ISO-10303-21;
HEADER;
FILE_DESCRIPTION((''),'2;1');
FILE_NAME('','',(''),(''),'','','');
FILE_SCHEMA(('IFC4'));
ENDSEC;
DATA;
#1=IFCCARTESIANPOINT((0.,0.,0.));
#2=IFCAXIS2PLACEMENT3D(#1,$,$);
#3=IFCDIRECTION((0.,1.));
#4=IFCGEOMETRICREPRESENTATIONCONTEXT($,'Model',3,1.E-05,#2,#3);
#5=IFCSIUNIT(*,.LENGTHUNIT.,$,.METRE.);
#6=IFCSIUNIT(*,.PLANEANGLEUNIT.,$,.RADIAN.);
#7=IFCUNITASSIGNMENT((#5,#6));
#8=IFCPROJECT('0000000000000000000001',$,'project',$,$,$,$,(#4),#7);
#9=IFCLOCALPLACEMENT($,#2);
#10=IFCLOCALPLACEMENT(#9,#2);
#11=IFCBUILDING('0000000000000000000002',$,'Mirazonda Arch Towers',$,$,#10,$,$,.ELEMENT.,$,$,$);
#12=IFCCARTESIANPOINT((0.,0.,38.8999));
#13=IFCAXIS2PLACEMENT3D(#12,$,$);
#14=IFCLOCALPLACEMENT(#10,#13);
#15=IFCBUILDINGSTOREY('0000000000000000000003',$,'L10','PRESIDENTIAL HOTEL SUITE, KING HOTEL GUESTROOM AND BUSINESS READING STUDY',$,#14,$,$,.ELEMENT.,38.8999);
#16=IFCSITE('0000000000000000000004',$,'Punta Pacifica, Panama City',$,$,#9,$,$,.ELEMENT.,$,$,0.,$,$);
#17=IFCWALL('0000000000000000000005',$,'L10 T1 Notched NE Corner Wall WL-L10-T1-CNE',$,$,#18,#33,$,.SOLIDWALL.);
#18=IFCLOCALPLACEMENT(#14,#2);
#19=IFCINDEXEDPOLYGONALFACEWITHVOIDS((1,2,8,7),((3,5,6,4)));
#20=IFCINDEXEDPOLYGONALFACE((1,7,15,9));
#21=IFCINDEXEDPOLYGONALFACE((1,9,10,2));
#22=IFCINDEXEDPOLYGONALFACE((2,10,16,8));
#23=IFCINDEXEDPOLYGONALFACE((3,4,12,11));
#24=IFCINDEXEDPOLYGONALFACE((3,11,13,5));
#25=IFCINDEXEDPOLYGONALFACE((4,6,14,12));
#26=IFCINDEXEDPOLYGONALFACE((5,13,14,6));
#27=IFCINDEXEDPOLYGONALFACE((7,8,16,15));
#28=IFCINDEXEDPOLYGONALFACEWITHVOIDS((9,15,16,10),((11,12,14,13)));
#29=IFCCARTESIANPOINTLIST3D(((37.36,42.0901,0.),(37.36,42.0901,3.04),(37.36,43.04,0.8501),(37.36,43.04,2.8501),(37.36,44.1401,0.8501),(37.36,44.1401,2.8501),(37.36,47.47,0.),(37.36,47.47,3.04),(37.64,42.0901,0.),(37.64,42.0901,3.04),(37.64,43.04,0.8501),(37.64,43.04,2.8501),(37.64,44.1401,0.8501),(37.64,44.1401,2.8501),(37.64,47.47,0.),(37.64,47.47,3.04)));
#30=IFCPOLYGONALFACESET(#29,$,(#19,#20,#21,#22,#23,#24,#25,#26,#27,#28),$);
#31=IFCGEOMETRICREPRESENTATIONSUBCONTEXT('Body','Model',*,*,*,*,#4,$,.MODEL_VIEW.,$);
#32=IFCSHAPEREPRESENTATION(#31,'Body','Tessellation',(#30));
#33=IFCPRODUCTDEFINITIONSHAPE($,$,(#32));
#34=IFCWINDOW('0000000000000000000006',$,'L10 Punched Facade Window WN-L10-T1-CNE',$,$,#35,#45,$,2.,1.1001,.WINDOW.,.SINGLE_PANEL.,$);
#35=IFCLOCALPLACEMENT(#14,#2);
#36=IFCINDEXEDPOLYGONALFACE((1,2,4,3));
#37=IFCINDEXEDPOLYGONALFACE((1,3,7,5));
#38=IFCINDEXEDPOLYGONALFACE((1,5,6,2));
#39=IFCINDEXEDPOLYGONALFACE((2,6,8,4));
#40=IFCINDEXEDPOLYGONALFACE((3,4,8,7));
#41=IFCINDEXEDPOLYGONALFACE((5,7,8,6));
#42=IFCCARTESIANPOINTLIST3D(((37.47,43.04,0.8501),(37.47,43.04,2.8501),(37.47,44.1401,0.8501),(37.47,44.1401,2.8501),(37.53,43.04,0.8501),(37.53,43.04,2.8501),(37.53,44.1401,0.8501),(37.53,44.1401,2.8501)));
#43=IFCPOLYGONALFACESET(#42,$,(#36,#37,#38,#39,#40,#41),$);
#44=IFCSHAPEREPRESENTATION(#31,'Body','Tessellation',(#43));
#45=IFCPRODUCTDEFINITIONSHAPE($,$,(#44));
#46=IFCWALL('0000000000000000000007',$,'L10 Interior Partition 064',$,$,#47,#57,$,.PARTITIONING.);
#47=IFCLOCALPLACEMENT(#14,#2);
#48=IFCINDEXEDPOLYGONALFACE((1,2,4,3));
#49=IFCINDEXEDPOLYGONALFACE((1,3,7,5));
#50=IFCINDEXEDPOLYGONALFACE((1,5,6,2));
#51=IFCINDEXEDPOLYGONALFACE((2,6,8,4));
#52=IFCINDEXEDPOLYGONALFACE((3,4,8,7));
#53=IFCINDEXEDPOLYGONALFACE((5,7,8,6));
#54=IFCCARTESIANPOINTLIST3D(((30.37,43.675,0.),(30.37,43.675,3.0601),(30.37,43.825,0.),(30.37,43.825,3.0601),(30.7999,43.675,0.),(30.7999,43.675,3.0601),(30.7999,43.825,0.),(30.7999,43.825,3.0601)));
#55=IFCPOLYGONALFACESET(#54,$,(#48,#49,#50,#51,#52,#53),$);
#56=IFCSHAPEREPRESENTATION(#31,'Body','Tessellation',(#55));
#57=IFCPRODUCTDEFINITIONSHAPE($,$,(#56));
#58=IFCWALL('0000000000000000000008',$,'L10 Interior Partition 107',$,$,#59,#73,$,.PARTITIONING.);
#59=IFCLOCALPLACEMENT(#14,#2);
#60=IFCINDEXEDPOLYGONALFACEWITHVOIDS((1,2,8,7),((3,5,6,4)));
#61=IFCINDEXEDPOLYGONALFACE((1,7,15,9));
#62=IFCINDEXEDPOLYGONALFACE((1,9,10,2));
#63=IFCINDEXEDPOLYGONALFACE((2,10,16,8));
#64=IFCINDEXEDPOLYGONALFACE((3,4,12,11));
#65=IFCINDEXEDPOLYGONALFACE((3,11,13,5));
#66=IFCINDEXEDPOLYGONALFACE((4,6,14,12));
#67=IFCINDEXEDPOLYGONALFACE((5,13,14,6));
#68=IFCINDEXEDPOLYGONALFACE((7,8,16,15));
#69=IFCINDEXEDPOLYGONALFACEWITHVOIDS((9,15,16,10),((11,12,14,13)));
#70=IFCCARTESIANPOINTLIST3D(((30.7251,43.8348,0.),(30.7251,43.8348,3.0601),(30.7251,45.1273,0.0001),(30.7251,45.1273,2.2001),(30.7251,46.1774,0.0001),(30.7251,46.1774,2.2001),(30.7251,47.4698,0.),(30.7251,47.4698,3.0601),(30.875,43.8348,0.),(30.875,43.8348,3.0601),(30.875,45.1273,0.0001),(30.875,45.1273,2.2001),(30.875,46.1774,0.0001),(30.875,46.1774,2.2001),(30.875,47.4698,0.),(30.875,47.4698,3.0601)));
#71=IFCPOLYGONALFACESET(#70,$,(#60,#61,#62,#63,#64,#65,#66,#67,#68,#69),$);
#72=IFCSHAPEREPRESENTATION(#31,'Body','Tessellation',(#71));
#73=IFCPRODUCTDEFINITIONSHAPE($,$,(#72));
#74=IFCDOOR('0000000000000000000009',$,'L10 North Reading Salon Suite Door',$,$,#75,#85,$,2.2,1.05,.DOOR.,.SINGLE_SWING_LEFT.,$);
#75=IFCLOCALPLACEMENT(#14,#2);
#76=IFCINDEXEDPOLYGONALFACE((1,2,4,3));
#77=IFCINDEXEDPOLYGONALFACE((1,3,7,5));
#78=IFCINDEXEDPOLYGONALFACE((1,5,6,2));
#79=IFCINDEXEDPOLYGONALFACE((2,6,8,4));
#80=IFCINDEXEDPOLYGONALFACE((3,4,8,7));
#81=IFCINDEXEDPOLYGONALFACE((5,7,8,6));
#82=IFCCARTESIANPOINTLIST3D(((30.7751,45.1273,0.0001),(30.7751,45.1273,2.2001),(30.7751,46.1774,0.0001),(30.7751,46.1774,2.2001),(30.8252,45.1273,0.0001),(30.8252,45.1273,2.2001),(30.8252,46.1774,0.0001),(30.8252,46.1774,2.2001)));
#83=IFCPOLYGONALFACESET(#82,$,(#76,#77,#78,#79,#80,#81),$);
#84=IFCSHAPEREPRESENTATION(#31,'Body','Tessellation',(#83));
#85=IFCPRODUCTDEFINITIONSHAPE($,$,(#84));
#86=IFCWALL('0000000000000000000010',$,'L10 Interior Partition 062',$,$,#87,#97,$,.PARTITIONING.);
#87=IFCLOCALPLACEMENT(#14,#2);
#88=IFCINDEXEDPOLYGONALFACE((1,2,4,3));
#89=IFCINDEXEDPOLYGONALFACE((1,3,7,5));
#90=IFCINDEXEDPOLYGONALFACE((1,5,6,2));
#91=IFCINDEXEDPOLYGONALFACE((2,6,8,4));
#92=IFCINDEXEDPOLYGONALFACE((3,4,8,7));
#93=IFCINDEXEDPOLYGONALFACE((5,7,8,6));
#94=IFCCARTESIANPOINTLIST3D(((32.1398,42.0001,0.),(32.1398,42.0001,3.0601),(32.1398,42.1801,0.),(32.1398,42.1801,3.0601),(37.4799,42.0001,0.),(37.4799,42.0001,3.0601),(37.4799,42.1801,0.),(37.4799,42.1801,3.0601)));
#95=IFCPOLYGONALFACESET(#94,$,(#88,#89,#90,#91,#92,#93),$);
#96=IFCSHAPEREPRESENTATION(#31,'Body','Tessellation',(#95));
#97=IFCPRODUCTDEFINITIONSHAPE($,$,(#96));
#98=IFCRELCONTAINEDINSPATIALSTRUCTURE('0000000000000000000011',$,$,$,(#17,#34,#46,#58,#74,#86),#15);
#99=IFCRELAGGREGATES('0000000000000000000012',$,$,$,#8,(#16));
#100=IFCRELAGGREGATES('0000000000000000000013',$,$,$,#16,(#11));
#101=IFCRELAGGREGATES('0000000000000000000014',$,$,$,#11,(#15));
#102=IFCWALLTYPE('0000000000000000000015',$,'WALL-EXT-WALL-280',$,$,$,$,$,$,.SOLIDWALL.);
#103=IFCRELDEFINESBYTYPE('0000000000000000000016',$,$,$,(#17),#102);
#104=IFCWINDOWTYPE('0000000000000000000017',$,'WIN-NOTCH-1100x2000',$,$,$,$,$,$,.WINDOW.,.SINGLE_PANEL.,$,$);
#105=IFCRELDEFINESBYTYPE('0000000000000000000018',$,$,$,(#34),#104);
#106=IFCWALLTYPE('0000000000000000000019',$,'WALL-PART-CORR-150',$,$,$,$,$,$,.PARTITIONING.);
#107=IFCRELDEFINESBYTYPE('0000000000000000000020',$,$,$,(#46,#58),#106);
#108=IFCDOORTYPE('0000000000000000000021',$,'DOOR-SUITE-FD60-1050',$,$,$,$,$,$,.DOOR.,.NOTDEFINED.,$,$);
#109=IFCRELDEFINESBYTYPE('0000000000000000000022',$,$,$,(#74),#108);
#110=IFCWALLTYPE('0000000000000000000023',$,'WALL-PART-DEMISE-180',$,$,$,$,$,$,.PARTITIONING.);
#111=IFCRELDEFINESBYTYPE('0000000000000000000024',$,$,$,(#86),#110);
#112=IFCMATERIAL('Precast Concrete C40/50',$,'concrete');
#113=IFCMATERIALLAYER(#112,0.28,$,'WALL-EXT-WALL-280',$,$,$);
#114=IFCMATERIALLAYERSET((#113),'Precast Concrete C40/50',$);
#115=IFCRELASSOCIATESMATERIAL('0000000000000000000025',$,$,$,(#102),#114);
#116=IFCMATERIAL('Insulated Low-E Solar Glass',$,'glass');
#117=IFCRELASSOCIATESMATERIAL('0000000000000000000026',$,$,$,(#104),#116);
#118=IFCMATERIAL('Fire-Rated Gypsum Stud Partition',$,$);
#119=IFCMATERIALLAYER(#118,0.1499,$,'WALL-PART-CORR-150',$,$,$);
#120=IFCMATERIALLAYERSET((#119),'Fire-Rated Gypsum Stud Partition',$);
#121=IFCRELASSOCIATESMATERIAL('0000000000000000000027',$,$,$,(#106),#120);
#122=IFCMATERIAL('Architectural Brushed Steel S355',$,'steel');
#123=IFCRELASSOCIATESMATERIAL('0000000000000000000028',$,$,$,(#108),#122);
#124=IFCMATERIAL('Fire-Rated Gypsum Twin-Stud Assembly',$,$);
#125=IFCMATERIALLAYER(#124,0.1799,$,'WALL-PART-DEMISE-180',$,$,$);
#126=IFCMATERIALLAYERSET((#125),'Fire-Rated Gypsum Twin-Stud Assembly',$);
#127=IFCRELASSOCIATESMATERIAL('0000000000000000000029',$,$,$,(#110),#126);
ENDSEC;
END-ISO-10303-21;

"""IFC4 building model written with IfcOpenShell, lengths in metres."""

from ifc_helpers import new_model, si_unit, direction, frame, frame_2d, origin, place, context, subcontext, project, spatial, rectangle, extrude, material, layer, layer_set, type_object, element, fill, save


model = new_model("IFC4")

# Units and contexts
model_context = context("Model", 3, precision=1e-05, world=origin(), true_north=direction((0.0, 1.0)))
body_context = subcontext(model_context, "Body", "Model", "MODEL_VIEW")
ifc_project = project(units=[si_unit("LENGTHUNIT", "METRE"), si_unit("PLANEANGLEUNIT", "RADIAN")], contexts=[model_context])

# Site, building, storey
site_placement = place(None, origin())
site = spatial("IfcSite", under=ifc_project, at=site_placement, Name="Punta Pacifica, Panama City", CompositionType="ELEMENT", RefElevation=0.0)
building_placement = place(site_placement, origin())
building = spatial("IfcBuilding", under=site, at=building_placement, Name="Mirazonda Arch Towers", CompositionType="ELEMENT")
storey_placement = place(building_placement, frame((0.0, 0.0, 38.8999)))
storey = spatial("IfcBuildingStorey", under=building, at=storey_placement, Name="L10", Description="PRESIDENTIAL HOTEL SUITE, KING HOTEL GUESTROOM AND BUSINESS READING STUDY", CompositionType="ELEMENT", Elevation=38.8999)

# Shared definitions
ifc_material_1 = material(Name="Insulated Low-E Solar Glass", Category="glass")

# Wall, opening, window
ifc_material_2 = material(Name="Precast Concrete C40/50", Category="concrete")
ifc_layer_1 = layer(ifc_material_2, 0.28, Name="WALL-EXT-WALL-280")
ifc_layer_set_1 = layer_set([ifc_layer_1], Name="Precast Concrete C40/50")
wall_type_1 = type_object("IfcWallType", Name="WALL-EXT-WALL-280", PredefinedType="SOLIDWALL", material=ifc_layer_set_1)
wall_1_placement = place(storey_placement, frame((37.5, 42.0901, 0.0), z_axis=(0.0, 0.0, 1.0), x_axis=(0.0, 1.0, 0.0)))
wall_1 = element("IfcWall", 1, at=wall_1_placement, inside=storey, type_object=wall_type_1, Name="L10 T1 Notched NE Corner Wall WL-L10-T1-CNE", PredefinedType="SOLIDWALL", context=body_context, shape_type="SweptSolid", body=[
    extrude(rectangle(XDim=5.3799, YDim=0.28, at=frame_2d((2.6899, 0.0))), origin(), (0.0, 0.0, 1.0), 3.04),
])
opening_1_placement = place(wall_1_placement, frame((0.95, 0.0, 0.8501)))
opening_1 = element("IfcOpeningElement", 2, at=opening_1_placement, cuts=wall_1, PredefinedType="OPENING", context=body_context, shape_type="SweptSolid", body=[
    extrude(rectangle(XDim=1.1001, YDim=2.0, at=frame_2d((0.55, 1.0))), frame((0.0, 0.1499, 0.0), z_axis=(0.0, -1.0, 0.0), x_axis=(1.0, 0.0, 0.0)), (0.0, 0.0, 1.0), 0.3),
])
window_type = type_object("IfcWindowType", Name="WIN-NOTCH-1100x2000", PartitioningType="SINGLE_PANEL", PredefinedType="WINDOW", material=ifc_material_1)
window_placement = place(opening_1_placement, origin())
window = element("IfcWindow", 3, at=window_placement, inside=storey, type_object=window_type, Name="L10 Punched Facade Window WN-L10-T1-CNE", OverallHeight=2.0, OverallWidth=1.1001, PartitioningType="SINGLE_PANEL", PredefinedType="WINDOW", context=body_context, shape_type="SweptSolid", body=[
    extrude(rectangle(XDim=1.1001, YDim=2.0, at=frame_2d((0.55, 1.0))), frame((0.0, 0.03, 0.0), z_axis=(0.0, -1.0, 0.0), x_axis=(1.0, 0.0, 0.0)), (0.0, 0.0, 1.0), 0.0601),
])
fill(opening_1, window)

# Wall
ifc_material_3 = material(Name="Fire-Rated Gypsum Stud Partition")
ifc_layer_2 = layer(ifc_material_3, 0.1499, Name="WALL-PART-CORR-150")
ifc_layer_set_2 = layer_set([ifc_layer_2], Name="Fire-Rated Gypsum Stud Partition")
wall_type_2 = type_object("IfcWallType", Name="WALL-PART-CORR-150", PredefinedType="PARTITIONING", material=ifc_layer_set_2)
wall_2_placement = place(storey_placement, frame((30.3701, 43.75, 0.0), z_axis=(0.0, 0.0, 1.0), x_axis=(1.0, 0.0, 0.0)))
element("IfcWall", 4, at=wall_2_placement, inside=storey, type_object=wall_type_2, Name="L10 Interior Partition 064", PredefinedType="PARTITIONING", context=body_context, shape_type="SweptSolid", body=[
    extrude(rectangle(XDim=0.4299, YDim=0.1499, at=frame_2d((0.2148, 0.0))), origin(), (0.0, 0.0, 1.0), 3.0601),
])

# Wall, opening, door
wall_3_placement = place(storey_placement, frame((30.8, 43.835, 0.0), z_axis=(0.0, 0.0, 1.0), x_axis=(0.0, 1.0, 0.0)))
wall_3 = element("IfcWall", 5, at=wall_3_placement, inside=storey, type_object=wall_type_2, Name="L10 Interior Partition 107", PredefinedType="PARTITIONING", context=body_context, shape_type="SweptSolid", body=[
    extrude(rectangle(XDim=3.635, YDim=0.1499, at=frame_2d((1.8174, 0.0))), origin(), (0.0, 0.0, 1.0), 3.0601),
])
opening_2_placement = place(wall_3_placement, frame((1.2925, 0.0, 0.0)))
opening_2 = element("IfcOpeningElement", 6, at=opening_2_placement, cuts=wall_3, PredefinedType="OPENING", context=body_context, shape_type="SweptSolid", body=[
    extrude(rectangle(XDim=1.05, YDim=2.2, at=frame_2d((0.5249, 1.1001))), frame((0.0, 0.085, 0.0), z_axis=(0.0, -1.0, 0.0), x_axis=(1.0, 0.0, 0.0)), (0.0, 0.0, 1.0), 0.1699),
])
ifc_material_4 = material(Name="Architectural Brushed Steel S355", Category="steel")
door_type_1 = type_object("IfcDoorType", Name="DOOR-SUITE-FD60-1050", OperationType="NOTDEFINED", PredefinedType="DOOR", material=ifc_material_4)
door_1_placement = place(opening_2_placement, origin())
door_1 = element("IfcDoor", 7, at=door_1_placement, inside=storey, type_object=door_type_1, Name="L10 North Reading Salon Suite Door", OperationType="SINGLE_SWING_LEFT", OverallHeight=2.2, OverallWidth=1.05, PredefinedType="DOOR", context=body_context, shape_type="SweptSolid", body=[
    extrude(rectangle(XDim=1.05, YDim=2.2, at=frame_2d((0.5249, 1.1001))), frame((0.0, 0.0249, 0.0), z_axis=(0.0, -1.0, 0.0), x_axis=(1.0, 0.0, 0.0)), (0.0, 0.0, 1.0), 0.05),
])
fill(opening_2, door_1)

# Wall
ifc_material_5 = material(Name="Fire-Rated Gypsum Twin-Stud Assembly")
ifc_layer_3 = layer(ifc_material_5, 0.1799, Name="WALL-PART-DEMISE-180")
ifc_layer_set_3 = layer_set([ifc_layer_3], Name="Fire-Rated Gypsum Twin-Stud Assembly")
wall_type_3 = type_object("IfcWallType", Name="WALL-PART-DEMISE-180", PredefinedType="PARTITIONING", material=ifc_layer_set_3)
wall_4_placement = place(storey_placement, frame((32.1399, 42.0901, 0.0), z_axis=(0.0, 0.0, 1.0), x_axis=(1.0, 0.0, 0.0)))
element("IfcWall", 8, at=wall_4_placement, inside=storey, type_object=wall_type_3, Name="L10 Interior Partition 062", PredefinedType="PARTITIONING", context=body_context, shape_type="SweptSolid", body=[
    extrude(rectangle(XDim=5.3401, YDim=0.1799, at=frame_2d((2.6699, 0.0))), origin(), (0.0, 0.0, 1.0), 3.0601),
])

save(model, "model.ifc")
